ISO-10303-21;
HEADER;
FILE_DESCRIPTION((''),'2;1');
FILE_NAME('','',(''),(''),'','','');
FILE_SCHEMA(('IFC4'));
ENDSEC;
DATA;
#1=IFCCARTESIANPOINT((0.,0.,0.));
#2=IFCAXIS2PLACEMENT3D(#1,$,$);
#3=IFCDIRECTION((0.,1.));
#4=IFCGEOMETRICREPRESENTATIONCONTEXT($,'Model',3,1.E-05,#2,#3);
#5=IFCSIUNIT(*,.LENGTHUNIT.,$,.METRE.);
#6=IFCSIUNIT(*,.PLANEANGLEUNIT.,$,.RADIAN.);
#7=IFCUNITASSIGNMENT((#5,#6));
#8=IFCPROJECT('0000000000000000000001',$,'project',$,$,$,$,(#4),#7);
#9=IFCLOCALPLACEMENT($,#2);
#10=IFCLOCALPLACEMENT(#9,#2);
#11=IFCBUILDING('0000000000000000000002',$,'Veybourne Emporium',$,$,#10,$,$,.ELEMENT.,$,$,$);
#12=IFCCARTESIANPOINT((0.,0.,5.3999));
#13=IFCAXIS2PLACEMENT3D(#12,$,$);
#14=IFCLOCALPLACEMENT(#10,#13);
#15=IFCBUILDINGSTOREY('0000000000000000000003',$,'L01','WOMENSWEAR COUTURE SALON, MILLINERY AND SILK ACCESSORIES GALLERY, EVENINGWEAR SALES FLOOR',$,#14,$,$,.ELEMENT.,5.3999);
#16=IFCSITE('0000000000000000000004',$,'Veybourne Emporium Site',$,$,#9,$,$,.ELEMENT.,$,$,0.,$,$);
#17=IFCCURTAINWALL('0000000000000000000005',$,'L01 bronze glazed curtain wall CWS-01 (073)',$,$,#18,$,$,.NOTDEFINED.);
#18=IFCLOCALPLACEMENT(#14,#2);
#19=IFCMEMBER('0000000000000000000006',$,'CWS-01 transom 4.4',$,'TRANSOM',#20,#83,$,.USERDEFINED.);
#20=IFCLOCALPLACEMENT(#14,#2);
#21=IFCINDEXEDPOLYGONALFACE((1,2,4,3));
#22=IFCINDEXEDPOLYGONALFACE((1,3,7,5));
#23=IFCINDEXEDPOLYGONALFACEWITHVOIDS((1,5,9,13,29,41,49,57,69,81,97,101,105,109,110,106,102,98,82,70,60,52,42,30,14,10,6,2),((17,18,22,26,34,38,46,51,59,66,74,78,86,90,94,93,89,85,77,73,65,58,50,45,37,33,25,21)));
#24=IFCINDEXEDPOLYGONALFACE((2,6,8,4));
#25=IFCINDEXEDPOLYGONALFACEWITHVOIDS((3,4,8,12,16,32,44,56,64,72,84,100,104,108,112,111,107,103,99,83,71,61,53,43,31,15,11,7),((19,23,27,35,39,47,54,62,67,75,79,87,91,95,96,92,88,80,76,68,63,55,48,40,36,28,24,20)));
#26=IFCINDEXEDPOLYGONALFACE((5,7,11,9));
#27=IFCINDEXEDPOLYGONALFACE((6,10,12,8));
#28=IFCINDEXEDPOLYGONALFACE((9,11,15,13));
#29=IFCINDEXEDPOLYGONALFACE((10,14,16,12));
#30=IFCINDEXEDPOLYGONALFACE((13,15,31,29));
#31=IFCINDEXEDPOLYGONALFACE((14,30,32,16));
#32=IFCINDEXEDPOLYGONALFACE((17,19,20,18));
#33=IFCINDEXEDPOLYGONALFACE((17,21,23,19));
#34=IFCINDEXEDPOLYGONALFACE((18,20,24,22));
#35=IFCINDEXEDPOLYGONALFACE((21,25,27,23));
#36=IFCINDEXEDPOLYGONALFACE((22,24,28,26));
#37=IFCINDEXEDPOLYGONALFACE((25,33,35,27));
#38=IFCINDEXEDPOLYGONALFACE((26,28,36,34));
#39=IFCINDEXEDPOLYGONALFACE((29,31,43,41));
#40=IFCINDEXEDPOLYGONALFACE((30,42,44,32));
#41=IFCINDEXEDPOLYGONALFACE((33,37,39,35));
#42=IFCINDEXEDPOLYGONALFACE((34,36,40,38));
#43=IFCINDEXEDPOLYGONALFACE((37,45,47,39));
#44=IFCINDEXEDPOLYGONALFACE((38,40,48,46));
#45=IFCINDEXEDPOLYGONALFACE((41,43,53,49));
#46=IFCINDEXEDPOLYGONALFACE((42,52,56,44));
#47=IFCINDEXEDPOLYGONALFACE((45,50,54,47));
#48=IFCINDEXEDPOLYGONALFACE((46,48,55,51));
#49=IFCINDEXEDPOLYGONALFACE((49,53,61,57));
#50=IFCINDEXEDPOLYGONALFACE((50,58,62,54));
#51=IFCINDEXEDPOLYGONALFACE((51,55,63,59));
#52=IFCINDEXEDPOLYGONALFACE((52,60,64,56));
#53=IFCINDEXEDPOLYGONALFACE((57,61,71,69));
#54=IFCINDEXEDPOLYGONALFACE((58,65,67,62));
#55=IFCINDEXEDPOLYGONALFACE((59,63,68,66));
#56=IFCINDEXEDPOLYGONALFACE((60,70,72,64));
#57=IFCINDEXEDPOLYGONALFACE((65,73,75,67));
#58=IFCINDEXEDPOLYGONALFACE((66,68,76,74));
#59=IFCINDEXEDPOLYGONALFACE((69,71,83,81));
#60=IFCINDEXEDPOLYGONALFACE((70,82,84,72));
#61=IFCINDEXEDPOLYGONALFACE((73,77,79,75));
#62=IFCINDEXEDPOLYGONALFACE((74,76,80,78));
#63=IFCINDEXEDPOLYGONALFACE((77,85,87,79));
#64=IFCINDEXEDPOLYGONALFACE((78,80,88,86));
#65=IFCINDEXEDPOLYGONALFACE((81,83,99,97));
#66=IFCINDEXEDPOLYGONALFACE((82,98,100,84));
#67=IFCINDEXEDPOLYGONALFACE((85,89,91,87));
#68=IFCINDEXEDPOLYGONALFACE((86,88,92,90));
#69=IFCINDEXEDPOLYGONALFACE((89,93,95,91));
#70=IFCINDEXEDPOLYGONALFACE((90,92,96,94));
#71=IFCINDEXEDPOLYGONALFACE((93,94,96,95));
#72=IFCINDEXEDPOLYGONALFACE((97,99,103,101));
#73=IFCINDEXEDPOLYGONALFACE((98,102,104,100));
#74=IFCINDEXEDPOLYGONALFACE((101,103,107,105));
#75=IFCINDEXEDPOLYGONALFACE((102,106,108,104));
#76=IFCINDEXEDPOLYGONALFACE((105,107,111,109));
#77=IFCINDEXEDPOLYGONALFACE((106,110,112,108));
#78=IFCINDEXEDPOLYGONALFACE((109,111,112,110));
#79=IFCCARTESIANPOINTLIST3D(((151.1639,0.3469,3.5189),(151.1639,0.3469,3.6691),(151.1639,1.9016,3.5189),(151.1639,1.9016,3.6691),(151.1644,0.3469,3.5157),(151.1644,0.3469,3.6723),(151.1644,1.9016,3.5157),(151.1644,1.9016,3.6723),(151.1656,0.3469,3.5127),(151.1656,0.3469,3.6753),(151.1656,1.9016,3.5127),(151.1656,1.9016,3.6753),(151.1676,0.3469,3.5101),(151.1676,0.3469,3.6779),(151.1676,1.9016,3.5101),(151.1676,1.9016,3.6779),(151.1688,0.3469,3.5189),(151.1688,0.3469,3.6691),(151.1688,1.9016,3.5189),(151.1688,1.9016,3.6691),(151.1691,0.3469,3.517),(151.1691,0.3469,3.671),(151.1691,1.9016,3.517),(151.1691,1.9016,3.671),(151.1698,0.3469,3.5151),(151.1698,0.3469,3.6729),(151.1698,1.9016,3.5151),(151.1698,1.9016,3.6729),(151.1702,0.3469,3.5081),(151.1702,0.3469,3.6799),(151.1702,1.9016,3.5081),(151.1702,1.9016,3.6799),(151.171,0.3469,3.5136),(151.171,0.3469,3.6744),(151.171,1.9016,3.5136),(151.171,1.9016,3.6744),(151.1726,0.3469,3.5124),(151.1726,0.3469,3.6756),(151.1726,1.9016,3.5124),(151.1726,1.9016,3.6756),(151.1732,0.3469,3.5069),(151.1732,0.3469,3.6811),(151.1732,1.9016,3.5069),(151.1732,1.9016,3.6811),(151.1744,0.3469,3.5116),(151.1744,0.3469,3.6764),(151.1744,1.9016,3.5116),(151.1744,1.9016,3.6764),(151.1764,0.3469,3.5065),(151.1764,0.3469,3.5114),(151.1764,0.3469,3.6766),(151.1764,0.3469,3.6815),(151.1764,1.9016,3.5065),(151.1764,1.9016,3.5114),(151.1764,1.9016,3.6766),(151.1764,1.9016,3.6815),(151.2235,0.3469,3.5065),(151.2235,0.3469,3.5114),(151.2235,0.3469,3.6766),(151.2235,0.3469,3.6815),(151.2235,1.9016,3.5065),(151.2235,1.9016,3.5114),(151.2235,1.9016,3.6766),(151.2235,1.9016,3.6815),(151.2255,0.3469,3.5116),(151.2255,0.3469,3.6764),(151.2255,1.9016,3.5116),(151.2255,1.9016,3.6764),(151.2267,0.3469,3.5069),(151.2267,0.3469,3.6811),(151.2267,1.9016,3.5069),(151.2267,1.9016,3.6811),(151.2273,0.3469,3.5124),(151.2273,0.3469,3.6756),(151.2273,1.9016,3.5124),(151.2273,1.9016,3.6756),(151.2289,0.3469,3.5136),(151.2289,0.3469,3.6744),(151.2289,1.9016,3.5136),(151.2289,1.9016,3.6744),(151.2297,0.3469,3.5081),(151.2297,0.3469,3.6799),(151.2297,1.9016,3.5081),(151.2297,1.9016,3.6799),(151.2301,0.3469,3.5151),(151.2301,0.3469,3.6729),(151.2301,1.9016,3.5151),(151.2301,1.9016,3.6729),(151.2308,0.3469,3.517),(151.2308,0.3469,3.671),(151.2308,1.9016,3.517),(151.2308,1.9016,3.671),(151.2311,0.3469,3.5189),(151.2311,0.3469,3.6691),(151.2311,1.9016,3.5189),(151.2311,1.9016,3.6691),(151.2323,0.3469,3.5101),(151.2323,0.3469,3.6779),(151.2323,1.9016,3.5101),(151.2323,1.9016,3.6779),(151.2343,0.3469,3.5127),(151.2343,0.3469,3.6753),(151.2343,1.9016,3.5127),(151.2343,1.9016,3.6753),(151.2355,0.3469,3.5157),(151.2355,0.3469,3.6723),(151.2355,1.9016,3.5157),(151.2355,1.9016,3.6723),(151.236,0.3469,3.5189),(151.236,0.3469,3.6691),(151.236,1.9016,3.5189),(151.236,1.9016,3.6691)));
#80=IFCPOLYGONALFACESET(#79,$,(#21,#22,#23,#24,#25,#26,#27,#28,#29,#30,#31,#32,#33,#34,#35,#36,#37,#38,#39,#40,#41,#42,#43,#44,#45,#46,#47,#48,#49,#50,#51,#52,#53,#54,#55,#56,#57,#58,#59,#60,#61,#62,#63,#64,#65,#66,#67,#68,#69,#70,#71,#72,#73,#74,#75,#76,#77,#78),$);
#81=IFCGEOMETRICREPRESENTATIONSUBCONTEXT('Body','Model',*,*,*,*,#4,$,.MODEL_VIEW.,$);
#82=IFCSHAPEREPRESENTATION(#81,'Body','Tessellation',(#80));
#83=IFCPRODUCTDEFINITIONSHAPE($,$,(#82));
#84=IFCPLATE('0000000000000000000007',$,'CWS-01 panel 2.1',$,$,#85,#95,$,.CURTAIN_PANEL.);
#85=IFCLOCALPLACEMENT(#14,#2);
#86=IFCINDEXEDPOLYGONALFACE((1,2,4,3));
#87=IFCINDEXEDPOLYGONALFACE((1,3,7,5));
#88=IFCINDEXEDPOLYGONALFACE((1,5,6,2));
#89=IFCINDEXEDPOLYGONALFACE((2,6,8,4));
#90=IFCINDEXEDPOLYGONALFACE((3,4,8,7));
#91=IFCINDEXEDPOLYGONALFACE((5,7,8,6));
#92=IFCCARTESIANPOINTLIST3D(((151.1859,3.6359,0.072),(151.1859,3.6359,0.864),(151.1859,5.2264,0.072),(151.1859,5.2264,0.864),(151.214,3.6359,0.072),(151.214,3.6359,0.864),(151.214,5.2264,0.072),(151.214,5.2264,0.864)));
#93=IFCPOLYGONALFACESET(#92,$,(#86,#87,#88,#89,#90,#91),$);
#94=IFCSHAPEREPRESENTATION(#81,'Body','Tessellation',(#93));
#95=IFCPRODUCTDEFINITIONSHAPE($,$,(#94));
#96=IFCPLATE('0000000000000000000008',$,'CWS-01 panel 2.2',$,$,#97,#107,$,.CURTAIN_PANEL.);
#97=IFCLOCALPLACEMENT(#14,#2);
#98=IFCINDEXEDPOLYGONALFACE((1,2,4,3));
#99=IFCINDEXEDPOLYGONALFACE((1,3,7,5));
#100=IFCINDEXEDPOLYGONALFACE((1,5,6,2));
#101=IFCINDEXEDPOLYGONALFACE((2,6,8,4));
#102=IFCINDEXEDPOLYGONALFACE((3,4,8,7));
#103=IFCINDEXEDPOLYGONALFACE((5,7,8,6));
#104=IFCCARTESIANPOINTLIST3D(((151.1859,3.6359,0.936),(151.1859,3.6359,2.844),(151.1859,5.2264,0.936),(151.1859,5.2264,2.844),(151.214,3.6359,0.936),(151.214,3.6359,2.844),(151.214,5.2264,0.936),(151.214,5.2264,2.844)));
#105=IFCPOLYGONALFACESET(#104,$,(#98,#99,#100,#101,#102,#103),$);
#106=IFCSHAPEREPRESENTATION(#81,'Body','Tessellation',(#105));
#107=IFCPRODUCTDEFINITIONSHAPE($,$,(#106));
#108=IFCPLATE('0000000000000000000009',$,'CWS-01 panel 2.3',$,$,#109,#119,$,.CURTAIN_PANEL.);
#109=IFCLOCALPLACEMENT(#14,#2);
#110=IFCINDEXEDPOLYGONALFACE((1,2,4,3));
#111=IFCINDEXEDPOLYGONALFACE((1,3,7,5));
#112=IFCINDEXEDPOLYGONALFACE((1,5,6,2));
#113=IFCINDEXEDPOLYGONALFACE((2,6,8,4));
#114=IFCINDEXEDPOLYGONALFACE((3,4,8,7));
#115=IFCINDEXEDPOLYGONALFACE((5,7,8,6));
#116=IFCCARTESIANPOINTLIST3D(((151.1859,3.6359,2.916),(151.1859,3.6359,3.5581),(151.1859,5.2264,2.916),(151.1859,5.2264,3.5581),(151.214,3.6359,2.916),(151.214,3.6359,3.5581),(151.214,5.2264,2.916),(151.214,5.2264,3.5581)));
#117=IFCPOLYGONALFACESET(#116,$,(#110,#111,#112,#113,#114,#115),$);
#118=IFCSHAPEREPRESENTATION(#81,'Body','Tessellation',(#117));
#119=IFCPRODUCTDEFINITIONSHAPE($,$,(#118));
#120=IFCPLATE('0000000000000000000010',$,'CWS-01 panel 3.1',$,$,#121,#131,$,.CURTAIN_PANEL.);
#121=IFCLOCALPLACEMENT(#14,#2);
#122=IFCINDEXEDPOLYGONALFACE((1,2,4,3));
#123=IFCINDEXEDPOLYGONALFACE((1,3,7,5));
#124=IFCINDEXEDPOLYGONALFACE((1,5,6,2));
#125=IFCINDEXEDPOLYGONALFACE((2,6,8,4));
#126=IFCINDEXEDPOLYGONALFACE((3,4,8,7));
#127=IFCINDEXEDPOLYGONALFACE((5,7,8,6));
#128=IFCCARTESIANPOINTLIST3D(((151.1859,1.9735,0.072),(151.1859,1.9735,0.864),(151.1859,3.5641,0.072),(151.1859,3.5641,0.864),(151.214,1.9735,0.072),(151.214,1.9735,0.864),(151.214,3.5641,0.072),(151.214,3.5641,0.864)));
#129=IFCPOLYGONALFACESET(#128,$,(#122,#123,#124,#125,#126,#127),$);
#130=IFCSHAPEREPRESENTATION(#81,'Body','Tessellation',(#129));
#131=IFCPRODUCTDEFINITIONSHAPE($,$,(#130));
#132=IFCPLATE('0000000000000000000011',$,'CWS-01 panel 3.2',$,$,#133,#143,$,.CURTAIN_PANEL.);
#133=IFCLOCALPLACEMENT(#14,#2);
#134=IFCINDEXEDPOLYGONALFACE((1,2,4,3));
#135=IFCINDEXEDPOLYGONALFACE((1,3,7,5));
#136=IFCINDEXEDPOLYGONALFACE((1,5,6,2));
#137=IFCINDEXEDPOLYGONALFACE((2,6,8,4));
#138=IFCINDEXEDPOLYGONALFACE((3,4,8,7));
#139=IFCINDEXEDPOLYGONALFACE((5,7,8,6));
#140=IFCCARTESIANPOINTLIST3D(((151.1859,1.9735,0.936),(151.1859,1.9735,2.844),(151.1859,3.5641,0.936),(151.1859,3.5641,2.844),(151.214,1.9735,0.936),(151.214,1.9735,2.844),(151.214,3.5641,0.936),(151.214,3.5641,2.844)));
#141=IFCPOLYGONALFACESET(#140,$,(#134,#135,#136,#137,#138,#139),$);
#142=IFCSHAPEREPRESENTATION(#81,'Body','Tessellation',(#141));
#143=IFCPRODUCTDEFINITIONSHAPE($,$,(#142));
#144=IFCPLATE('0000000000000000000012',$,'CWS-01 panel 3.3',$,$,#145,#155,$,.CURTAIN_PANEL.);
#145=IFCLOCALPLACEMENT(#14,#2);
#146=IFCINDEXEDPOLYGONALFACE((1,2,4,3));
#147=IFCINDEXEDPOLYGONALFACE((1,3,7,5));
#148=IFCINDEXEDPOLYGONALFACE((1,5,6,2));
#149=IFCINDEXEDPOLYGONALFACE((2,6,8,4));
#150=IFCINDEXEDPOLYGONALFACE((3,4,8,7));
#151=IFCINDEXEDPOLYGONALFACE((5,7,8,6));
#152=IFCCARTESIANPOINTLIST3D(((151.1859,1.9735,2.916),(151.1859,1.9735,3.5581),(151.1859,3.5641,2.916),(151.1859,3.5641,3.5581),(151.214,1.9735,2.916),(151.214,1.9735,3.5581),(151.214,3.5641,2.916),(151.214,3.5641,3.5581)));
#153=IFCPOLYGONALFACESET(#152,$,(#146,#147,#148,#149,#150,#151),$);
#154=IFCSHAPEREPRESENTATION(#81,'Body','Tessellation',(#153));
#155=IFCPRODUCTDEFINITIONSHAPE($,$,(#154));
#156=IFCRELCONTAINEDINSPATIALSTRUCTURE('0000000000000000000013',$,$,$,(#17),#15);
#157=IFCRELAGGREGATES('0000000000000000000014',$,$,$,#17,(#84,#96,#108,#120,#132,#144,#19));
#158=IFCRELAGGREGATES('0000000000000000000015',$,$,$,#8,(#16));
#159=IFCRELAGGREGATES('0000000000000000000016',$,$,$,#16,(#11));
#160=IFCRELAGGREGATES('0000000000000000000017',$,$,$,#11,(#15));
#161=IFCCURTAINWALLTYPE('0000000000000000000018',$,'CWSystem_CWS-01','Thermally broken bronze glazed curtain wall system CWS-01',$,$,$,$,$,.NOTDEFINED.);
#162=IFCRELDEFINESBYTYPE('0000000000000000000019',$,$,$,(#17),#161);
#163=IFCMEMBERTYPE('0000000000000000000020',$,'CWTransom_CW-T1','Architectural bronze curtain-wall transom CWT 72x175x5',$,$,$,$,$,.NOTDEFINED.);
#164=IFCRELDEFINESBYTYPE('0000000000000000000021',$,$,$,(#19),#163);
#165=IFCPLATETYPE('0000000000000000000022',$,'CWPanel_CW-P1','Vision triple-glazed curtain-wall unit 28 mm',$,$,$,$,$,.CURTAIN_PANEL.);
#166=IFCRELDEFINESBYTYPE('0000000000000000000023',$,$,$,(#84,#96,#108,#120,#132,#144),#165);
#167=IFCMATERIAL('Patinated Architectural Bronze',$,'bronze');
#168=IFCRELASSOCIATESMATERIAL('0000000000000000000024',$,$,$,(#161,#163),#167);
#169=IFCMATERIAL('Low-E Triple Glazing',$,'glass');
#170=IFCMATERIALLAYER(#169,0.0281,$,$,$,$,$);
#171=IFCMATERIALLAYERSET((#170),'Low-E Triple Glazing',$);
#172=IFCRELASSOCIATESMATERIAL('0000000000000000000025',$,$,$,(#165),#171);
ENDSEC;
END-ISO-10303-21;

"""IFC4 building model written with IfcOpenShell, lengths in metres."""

from ifc_helpers import new_model, si_unit, direction, frame, origin, origin_2d, place, context, subcontext, project, spatial, rectangle, hollow_rectangle, extrude, material, layer, layer_set, material_profile, profile_set, type_object, element, aggregate, save


model = new_model("IFC4")

# Units and contexts
model_context = context("Model", 3, precision=1e-05, world=origin(), true_north=direction((0.0, 1.0)))
body_context = subcontext(model_context, "Body", "Model", "MODEL_VIEW")
ifc_project = project(units=[si_unit("LENGTHUNIT", "METRE"), si_unit("PLANEANGLEUNIT", "RADIAN")], contexts=[model_context])

# Site, building, storey
site_placement = place(None, origin())
site = spatial("IfcSite", under=ifc_project, at=site_placement, Name="Veybourne Emporium Site", CompositionType="ELEMENT", RefElevation=0.0)
building_placement = place(site_placement, origin())
building = spatial("IfcBuilding", under=site, at=building_placement, Name="Veybourne Emporium", CompositionType="ELEMENT")
storey_placement = place(building_placement, frame((0.0, 0.0, 5.3999)))
storey = spatial("IfcBuildingStorey", under=building, at=storey_placement, Name="L01", Description="WOMENSWEAR COUTURE SALON, MILLINERY AND SILK ACCESSORIES GALLERY, EVENINGWEAR SALES FLOOR", CompositionType="ELEMENT", Elevation=5.3999)

# Curtain wall, member, plates
ifc_material_1 = material(Name="Patinated Architectural Bronze", Category="bronze")
curtain_wall_type = type_object("IfcCurtainWallType", Name="CWSystem_CWS-01", Description="Thermally broken bronze glazed curtain wall system CWS-01", PredefinedType="NOTDEFINED", material=ifc_material_1)
curtain_wall_placement = place(storey_placement, origin())
curtain_wall = element("IfcCurtainWall", 1, at=curtain_wall_placement, inside=storey, type_object=curtain_wall_type, Name="L01 bronze glazed curtain wall CWS-01 (073)", PredefinedType="NOTDEFINED")
ifc_material_profile_1 = material_profile(ifc_material_1, hollow_rectangle(XDim=0.072, YDim=0.175, WallThickness=0.0049, InnerFilletRadius=0.0076, OuterFilletRadius=0.0125, at=origin_2d()), Name="CWT 72x175x5")
ifc_profile_set_1 = profile_set([ifc_material_profile_1], Name="Patinated Architectural Bronze")
member_type_1 = type_object("IfcMemberType", Name="CWTransom_CW-T1", Description="Architectural bronze curtain-wall transom CWT 72x175x5", PredefinedType="NOTDEFINED", material=ifc_profile_set_1)
member_1_placement = place(storey_placement, frame((151.2, 1.9016, 3.594), z_axis=(0.0, -1.0, 0.0), x_axis=(1.0, 0.0, 0.0)))
member_1 = element("IfcMember", 2, at=member_1_placement, type_object=member_type_1, Name="CWS-01 transom 4.4", ObjectType="TRANSOM", PredefinedType="USERDEFINED", context=body_context, shape_type="SweptSolid", body=[
    extrude(hollow_rectangle(XDim=0.072, YDim=0.175, WallThickness=0.0049, InnerFilletRadius=0.0076, OuterFilletRadius=0.0125, at=origin_2d()), origin(), (0.0, 0.0, 1.0), 1.5547),
])
ifc_material_2 = material(Name="Low-E Triple Glazing", Category="glass")
ifc_layer = layer(ifc_material_2, 0.0281)
ifc_layer_set = layer_set([ifc_layer], Name="Low-E Triple Glazing")
plate_type = type_object("IfcPlateType", Name="CWPanel_CW-P1", Description="Vision triple-glazed curtain-wall unit 28 mm", PredefinedType="CURTAIN_PANEL", material=ifc_layer_set)
plate_1_placement = place(storey_placement, frame((151.2, 4.4312, 0.072), z_axis=(0.0, 0.0, 1.0), x_axis=(0.0, -1.0, 0.0)))
plate_1 = element("IfcPlate", 3, at=plate_1_placement, type_object=plate_type, Name="CWS-01 panel 2.1", PredefinedType="CURTAIN_PANEL", context=body_context, shape_type="SweptSolid", body=[
    extrude(rectangle(XDim=1.5906, YDim=0.0281, at=origin_2d()), origin(), (0.0, 0.0, 1.0), 0.792),
])
plate_2_placement = place(storey_placement, frame((151.2, 4.4312, 0.936), z_axis=(0.0, 0.0, 1.0), x_axis=(0.0, -1.0, 0.0)))
plate_2 = element("IfcPlate", 4, at=plate_2_placement, type_object=plate_type, Name="CWS-01 panel 2.2", PredefinedType="CURTAIN_PANEL", context=body_context, shape_type="SweptSolid", body=[
    extrude(rectangle(XDim=1.5906, YDim=0.0281, at=origin_2d()), origin(), (0.0, 0.0, 1.0), 1.908),
])
plate_3_placement = place(storey_placement, frame((151.2, 4.4312, 2.916), z_axis=(0.0, 0.0, 1.0), x_axis=(0.0, -1.0, 0.0)))
plate_3 = element("IfcPlate", 5, at=plate_3_placement, type_object=plate_type, Name="CWS-01 panel 2.3", PredefinedType="CURTAIN_PANEL", context=body_context, shape_type="SweptSolid", body=[
    extrude(rectangle(XDim=1.5906, YDim=0.0281, at=origin_2d()), origin(), (0.0, 0.0, 1.0), 0.6421),
])
plate_4_placement = place(storey_placement, frame((151.2, 2.7688, 0.072), z_axis=(0.0, 0.0, 1.0), x_axis=(0.0, -1.0, 0.0)))
plate_4 = element("IfcPlate", 6, at=plate_4_placement, type_object=plate_type, Name="CWS-01 panel 3.1", PredefinedType="CURTAIN_PANEL", context=body_context, shape_type="SweptSolid", body=[
    extrude(rectangle(XDim=1.5906, YDim=0.0281, at=origin_2d()), origin(), (0.0, 0.0, 1.0), 0.792),
])
plate_5_placement = place(storey_placement, frame((151.2, 2.7688, 0.936), z_axis=(0.0, 0.0, 1.0), x_axis=(0.0, -1.0, 0.0)))
plate_5 = element("IfcPlate", 7, at=plate_5_placement, type_object=plate_type, Name="CWS-01 panel 3.2", PredefinedType="CURTAIN_PANEL", context=body_context, shape_type="SweptSolid", body=[
    extrude(rectangle(XDim=1.5906, YDim=0.0281, at=origin_2d()), origin(), (0.0, 0.0, 1.0), 1.908),
])
plate_6_placement = place(storey_placement, frame((151.2, 2.7688, 2.916), z_axis=(0.0, 0.0, 1.0), x_axis=(0.0, -1.0, 0.0)))
plate_6 = element("IfcPlate", 8, at=plate_6_placement, type_object=plate_type, Name="CWS-01 panel 3.3", PredefinedType="CURTAIN_PANEL", context=body_context, shape_type="SweptSolid", body=[
    extrude(rectangle(XDim=1.5906, YDim=0.0281, at=origin_2d()), origin(), (0.0, 0.0, 1.0), 0.6421),
])
aggregate(curtain_wall, [plate_1, plate_2, plate_3, plate_4, plate_5, plate_6, member_1])

save(model, "model.ifc")
